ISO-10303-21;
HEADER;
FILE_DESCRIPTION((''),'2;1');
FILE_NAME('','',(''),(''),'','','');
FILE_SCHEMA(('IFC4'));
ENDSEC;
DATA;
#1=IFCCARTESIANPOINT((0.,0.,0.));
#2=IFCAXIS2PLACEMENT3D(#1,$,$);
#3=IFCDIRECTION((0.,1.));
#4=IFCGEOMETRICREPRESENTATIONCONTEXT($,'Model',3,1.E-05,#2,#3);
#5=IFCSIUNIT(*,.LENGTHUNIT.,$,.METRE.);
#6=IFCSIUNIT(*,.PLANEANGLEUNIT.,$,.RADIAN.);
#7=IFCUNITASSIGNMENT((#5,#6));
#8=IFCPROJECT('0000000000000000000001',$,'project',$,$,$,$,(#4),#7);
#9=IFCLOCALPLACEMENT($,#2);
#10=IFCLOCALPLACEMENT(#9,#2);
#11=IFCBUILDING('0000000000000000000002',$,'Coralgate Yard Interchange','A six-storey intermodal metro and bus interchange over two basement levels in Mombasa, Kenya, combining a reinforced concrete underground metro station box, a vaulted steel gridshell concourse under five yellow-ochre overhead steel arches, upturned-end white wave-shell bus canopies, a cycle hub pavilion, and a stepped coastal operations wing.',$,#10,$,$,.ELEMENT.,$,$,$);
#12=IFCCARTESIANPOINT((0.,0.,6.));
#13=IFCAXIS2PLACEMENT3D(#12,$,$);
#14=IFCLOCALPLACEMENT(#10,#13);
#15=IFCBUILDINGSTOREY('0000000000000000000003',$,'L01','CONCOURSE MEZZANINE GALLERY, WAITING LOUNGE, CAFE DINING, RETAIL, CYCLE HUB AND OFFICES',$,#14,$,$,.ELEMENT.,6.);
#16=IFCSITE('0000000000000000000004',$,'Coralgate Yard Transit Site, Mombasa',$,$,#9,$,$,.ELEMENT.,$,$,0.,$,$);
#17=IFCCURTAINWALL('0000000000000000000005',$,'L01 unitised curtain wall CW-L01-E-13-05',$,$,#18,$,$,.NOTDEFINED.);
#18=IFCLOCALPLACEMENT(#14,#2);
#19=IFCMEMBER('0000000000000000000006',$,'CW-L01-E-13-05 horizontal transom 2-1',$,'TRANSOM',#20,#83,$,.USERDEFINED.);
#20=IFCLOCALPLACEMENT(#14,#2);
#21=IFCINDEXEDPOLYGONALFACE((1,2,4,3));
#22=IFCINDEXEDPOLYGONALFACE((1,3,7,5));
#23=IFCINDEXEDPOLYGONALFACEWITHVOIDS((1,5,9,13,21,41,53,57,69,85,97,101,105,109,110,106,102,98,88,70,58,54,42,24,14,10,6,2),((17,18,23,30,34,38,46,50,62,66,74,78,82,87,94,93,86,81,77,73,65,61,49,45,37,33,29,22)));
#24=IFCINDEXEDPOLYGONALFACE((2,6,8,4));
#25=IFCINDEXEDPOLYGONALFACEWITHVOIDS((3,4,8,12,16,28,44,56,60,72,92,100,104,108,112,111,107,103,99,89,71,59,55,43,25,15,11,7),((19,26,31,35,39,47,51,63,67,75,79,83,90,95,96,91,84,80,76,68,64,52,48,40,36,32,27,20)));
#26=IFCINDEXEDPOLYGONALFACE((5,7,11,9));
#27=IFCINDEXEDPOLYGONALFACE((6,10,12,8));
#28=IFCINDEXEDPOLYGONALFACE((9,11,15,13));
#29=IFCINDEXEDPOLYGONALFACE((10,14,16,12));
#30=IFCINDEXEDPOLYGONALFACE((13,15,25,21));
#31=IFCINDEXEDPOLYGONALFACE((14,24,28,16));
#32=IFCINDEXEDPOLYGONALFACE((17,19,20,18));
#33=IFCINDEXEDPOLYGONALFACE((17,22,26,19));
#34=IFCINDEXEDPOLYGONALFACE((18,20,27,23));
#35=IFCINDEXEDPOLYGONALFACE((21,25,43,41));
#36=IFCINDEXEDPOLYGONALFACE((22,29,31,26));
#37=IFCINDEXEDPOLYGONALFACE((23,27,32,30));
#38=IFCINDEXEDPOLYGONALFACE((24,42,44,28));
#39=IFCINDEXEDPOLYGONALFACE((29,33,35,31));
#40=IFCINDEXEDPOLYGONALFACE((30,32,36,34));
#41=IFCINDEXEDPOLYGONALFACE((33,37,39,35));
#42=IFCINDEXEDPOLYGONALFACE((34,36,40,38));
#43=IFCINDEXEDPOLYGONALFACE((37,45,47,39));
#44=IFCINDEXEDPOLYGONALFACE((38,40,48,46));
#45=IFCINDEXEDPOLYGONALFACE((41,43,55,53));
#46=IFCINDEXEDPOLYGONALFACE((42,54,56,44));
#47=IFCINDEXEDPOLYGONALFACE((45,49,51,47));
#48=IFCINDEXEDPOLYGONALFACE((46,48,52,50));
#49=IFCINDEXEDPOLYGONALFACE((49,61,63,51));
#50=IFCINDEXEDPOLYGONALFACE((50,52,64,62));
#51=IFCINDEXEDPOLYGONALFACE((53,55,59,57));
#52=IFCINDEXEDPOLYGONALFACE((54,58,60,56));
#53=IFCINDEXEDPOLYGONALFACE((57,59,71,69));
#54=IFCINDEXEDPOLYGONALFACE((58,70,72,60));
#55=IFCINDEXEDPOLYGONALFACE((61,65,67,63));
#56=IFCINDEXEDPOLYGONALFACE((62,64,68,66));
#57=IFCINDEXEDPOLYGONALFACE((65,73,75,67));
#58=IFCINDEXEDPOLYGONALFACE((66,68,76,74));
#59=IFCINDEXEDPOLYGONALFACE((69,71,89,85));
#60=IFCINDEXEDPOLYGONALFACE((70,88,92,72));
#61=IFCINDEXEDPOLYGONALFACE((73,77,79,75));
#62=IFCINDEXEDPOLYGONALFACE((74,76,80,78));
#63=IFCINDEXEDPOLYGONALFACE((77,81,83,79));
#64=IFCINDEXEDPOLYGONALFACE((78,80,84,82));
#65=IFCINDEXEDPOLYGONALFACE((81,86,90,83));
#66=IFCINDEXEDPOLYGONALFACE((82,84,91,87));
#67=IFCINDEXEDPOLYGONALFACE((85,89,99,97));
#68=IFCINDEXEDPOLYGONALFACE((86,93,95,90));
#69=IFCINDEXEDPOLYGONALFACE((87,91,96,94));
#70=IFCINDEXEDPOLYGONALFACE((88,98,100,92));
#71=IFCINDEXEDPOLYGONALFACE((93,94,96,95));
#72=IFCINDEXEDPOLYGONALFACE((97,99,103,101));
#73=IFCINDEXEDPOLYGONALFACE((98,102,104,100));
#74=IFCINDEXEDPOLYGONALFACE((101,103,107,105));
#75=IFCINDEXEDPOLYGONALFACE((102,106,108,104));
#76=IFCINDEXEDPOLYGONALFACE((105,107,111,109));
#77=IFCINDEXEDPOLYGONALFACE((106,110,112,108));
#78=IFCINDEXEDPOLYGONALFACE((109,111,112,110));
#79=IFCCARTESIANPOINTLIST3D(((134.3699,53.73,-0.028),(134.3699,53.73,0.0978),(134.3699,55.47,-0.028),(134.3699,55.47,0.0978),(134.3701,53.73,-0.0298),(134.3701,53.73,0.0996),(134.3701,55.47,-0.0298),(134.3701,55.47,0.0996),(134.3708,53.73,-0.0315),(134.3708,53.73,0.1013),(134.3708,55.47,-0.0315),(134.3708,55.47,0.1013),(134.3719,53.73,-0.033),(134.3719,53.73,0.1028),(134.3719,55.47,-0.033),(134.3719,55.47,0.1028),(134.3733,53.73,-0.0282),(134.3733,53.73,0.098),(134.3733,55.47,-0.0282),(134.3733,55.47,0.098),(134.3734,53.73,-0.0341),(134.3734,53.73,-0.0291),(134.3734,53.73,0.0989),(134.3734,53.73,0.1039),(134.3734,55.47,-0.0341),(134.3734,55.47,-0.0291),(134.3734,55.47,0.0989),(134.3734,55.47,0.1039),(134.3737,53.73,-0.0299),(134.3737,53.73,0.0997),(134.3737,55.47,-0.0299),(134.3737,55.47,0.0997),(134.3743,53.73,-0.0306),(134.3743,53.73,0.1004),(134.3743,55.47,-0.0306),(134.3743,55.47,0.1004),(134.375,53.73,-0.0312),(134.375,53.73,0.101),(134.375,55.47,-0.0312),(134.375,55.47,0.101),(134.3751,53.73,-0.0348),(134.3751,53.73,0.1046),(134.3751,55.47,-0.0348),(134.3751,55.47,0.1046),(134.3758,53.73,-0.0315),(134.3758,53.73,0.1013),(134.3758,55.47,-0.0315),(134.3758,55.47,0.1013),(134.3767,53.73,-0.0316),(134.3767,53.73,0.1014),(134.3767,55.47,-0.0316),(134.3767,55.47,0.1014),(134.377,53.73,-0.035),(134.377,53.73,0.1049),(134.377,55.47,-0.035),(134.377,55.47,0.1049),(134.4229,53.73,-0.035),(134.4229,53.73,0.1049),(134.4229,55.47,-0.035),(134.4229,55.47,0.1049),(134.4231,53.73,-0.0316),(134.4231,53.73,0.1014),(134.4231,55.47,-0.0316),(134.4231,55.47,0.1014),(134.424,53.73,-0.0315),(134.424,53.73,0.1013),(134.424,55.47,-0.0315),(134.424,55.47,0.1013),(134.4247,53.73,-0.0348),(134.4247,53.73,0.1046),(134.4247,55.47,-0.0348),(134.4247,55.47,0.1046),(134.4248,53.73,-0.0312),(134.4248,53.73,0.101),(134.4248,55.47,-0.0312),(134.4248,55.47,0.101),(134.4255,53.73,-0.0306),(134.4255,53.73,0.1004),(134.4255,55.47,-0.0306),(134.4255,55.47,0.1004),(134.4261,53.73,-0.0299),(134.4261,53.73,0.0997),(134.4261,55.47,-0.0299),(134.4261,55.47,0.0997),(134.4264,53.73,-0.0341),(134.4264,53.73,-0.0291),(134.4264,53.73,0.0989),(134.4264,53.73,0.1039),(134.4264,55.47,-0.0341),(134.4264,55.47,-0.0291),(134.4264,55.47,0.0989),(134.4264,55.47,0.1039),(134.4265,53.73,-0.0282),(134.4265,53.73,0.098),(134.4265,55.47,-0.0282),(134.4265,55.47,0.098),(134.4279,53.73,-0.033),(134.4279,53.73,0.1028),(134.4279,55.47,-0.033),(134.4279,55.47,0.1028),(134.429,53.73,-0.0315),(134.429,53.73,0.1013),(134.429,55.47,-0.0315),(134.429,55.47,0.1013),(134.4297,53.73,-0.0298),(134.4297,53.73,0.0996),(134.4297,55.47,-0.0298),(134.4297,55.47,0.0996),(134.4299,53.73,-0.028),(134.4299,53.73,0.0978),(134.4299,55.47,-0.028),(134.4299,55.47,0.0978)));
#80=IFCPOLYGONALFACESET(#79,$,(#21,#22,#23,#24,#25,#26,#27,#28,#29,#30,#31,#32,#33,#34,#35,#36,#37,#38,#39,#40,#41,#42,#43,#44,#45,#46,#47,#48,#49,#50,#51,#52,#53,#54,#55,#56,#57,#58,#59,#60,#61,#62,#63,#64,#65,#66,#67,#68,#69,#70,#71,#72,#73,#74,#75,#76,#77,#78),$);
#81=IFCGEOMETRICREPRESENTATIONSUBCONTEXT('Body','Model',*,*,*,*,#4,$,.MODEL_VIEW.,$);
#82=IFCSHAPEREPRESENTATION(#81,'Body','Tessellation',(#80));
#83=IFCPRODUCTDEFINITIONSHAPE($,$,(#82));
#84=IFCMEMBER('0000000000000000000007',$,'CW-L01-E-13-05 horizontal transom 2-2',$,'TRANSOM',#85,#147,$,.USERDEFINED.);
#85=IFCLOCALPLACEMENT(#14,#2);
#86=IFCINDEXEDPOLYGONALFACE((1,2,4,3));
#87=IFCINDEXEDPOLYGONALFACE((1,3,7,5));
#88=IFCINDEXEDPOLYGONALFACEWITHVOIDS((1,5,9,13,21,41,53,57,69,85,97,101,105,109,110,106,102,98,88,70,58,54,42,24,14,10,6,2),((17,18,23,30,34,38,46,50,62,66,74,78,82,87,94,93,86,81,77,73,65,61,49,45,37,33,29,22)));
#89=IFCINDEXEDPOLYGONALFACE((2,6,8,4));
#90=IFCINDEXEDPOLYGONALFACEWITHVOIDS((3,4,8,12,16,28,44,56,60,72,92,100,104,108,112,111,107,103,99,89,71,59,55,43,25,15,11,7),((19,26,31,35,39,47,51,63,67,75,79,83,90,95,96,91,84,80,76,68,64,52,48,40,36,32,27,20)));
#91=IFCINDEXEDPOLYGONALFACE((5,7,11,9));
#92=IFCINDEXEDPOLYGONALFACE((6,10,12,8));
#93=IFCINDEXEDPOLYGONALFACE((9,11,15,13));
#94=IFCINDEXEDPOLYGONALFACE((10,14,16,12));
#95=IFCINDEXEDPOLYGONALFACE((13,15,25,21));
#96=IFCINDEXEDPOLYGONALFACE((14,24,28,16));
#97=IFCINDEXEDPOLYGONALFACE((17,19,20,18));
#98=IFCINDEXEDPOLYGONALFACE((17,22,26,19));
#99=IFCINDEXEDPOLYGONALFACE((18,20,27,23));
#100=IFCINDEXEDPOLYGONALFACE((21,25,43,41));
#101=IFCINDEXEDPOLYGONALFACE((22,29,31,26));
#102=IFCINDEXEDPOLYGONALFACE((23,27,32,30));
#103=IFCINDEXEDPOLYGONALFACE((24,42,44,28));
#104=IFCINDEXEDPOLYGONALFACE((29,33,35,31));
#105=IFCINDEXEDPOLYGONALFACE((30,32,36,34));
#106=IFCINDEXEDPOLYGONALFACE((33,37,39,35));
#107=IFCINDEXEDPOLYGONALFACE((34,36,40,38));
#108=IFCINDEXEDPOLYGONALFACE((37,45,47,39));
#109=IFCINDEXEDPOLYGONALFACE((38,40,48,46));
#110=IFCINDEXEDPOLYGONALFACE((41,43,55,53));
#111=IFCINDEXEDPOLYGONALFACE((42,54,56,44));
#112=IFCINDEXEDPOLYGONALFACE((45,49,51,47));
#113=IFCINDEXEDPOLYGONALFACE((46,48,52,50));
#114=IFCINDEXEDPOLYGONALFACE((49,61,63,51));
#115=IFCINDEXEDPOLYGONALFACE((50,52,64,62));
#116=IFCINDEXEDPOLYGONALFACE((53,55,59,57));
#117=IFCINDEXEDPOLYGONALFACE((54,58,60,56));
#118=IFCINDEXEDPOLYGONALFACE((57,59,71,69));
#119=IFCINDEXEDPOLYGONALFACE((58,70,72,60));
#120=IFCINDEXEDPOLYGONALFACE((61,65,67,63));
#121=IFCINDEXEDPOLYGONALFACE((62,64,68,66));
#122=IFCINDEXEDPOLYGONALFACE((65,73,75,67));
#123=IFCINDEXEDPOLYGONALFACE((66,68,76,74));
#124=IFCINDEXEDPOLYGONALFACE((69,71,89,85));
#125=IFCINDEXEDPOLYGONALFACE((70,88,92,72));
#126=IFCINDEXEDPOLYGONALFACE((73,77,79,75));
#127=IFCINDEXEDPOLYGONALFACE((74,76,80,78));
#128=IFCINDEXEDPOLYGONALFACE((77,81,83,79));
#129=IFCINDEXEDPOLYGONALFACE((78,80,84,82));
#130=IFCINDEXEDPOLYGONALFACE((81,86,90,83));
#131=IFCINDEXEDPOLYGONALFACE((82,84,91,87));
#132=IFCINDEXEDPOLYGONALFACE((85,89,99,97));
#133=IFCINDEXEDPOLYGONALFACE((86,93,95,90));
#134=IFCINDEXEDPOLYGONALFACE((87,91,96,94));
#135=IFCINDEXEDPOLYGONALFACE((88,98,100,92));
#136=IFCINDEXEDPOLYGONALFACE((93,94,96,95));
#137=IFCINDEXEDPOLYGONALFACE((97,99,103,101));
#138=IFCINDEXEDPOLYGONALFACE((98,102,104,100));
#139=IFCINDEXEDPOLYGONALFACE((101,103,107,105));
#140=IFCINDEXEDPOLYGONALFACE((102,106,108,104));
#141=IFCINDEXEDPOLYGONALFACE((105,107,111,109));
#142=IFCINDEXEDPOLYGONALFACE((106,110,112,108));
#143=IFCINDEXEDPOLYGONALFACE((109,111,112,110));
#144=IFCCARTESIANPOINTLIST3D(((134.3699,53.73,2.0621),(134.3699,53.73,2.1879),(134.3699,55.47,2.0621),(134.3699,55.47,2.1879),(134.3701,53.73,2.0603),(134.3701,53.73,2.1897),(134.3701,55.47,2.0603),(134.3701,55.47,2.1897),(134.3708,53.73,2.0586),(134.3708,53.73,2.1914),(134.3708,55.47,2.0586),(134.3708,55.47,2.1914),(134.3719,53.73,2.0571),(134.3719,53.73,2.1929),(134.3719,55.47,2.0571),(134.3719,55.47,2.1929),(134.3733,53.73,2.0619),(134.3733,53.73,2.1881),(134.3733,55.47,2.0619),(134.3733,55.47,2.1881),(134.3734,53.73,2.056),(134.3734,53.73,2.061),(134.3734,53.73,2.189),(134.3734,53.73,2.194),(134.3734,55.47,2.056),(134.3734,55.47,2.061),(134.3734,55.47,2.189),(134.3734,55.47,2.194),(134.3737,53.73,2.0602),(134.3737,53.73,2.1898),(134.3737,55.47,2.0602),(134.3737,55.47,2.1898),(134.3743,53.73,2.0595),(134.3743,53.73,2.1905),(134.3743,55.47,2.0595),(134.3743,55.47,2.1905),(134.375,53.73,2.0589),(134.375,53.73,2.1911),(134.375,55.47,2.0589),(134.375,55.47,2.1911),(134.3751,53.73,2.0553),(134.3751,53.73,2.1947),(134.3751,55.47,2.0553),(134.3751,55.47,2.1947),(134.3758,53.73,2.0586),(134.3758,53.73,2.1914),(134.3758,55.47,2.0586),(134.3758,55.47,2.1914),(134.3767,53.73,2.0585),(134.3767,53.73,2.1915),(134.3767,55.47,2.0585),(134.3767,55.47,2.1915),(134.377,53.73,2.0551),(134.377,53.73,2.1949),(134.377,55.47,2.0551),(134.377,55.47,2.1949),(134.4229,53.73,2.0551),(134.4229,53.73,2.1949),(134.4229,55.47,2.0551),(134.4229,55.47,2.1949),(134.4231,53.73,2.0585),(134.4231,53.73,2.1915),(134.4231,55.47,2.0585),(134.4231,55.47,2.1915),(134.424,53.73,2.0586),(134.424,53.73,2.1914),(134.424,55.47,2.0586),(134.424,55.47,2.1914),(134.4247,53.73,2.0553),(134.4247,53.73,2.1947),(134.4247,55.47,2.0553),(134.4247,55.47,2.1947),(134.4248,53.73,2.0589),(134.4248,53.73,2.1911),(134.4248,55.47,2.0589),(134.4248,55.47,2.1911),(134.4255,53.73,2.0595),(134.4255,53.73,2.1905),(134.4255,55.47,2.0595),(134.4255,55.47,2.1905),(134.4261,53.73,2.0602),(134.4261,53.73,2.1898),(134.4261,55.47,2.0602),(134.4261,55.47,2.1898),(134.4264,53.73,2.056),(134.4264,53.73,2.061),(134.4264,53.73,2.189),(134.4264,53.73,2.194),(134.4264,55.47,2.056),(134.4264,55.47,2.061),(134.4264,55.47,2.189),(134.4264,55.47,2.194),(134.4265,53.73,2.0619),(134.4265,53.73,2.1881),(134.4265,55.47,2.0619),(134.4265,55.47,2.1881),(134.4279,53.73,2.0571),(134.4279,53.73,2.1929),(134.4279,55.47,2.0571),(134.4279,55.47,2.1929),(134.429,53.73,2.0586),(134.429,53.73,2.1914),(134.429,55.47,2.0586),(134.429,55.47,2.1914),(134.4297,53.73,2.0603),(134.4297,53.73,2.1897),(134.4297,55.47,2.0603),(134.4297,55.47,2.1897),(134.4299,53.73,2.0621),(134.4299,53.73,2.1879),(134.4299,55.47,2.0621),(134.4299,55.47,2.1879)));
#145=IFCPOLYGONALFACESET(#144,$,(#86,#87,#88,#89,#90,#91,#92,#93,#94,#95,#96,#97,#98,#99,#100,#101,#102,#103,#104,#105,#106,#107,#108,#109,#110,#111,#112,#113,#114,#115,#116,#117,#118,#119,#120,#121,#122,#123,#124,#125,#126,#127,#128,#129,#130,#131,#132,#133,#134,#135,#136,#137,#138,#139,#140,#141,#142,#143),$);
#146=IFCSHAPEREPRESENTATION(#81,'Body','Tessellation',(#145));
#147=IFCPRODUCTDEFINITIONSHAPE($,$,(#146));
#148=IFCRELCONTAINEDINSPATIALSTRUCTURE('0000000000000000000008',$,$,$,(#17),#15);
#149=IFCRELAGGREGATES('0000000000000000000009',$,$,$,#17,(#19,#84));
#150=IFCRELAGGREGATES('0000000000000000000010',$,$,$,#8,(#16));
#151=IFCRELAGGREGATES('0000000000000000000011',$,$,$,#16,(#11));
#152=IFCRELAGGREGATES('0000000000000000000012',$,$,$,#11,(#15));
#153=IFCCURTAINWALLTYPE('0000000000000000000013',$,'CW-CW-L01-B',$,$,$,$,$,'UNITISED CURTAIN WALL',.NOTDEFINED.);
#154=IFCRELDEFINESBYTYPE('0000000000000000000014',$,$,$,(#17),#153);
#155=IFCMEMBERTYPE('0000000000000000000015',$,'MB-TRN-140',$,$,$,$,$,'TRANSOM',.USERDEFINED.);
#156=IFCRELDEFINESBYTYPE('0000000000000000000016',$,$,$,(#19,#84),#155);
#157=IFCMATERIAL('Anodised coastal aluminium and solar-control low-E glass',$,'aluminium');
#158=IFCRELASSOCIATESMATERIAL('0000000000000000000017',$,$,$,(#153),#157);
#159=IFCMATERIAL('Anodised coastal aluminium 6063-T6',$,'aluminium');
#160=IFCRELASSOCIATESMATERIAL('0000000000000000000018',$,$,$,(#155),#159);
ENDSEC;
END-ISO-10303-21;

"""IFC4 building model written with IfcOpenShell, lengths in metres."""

from ifc_helpers import new_model, si_unit, direction, frame, origin, origin_2d, place, context, subcontext, project, spatial, hollow_rectangle, extrude, material, material_profile, profile_set, type_object, element, aggregate, save


model = new_model("IFC4")

# Units and contexts
model_context = context("Model", 3, precision=1e-05, world=origin(), true_north=direction((0.0, 1.0)))
body_context = subcontext(model_context, "Body", "Model", "MODEL_VIEW")
ifc_project = project(units=[si_unit("LENGTHUNIT", "METRE"), si_unit("PLANEANGLEUNIT", "RADIAN")], contexts=[model_context])

# Site, building, storey
site_placement = place(None, origin())
site = spatial("IfcSite", under=ifc_project, at=site_placement, Name="Coralgate Yard Transit Site, Mombasa", CompositionType="ELEMENT", RefElevation=0.0)
building_placement = place(site_placement, origin())
building = spatial("IfcBuilding", under=site, at=building_placement, Name="Coralgate Yard Interchange", Description="A six-storey intermodal metro and bus interchange over two basement levels in Mombasa, Kenya, combining a reinforced concrete underground metro station box, a vaulted steel gridshell concourse under five yellow-ochre overhead steel arches, upturned-end white wave-shell bus canopies, a cycle hub pavilion, and a stepped coastal operations wing.", CompositionType="ELEMENT")
storey_placement = place(building_placement, frame((0.0, 0.0, 6.0)))
storey = spatial("IfcBuildingStorey", under=building, at=storey_placement, Name="L01", Description="CONCOURSE MEZZANINE GALLERY, WAITING LOUNGE, CAFE DINING, RETAIL, CYCLE HUB AND OFFICES", CompositionType="ELEMENT", Elevation=6.0)

# Curtain wall
ifc_material_1 = material(Name="Anodised coastal aluminium and solar-control low-E glass", Category="aluminium")
curtain_wall_type = type_object("IfcCurtainWallType", Name="CW-CW-L01-B", ElementType="UNITISED CURTAIN WALL", PredefinedType="NOTDEFINED", material=ifc_material_1)
curtain_wall_1_placement = place(storey_placement, origin())
curtain_wall_1 = element("IfcCurtainWall", 1, at=curtain_wall_1_placement, inside=storey, type_object=curtain_wall_type, Name="L01 unitised curtain wall CW-L01-E-13-05", PredefinedType="NOTDEFINED")
ifc_material_2 = material(Name="Anodised coastal aluminium 6063-T6", Category="aluminium")

# Members
ifc_material_profile_1 = material_profile(ifc_material_2, hollow_rectangle(XDim=0.0601, YDim=0.1399, WallThickness=0.0034, InnerFilletRadius=0.0034, OuterFilletRadius=0.0071, at=origin_2d()), Name="ALU 60x140x3.5")
ifc_profile_set_1 = profile_set([ifc_material_profile_1], Name="Anodised coastal aluminium 6063-T6")
member_type_1 = type_object("IfcMemberType", Name="MB-TRN-140", ElementType="TRANSOM", PredefinedType="USERDEFINED", material=ifc_profile_set_1)
member_1_placement = place(storey_placement, frame((134.3999, 55.47, 0.0349), z_axis=(0.0, -1.0, 0.0), x_axis=(1.0, 0.0, 0.0)))
member_1 = element("IfcMember", 2, at=member_1_placement, type_object=member_type_1, Name="CW-L01-E-13-05 horizontal transom 2-1", ObjectType="TRANSOM", PredefinedType="USERDEFINED", context=body_context, shape_type="SweptSolid", body=[
    extrude(hollow_rectangle(XDim=0.0601, YDim=0.1399, WallThickness=0.0034, InnerFilletRadius=0.0034, OuterFilletRadius=0.0071, at=origin_2d()), origin(), (0.0, 0.0, 1.0), 1.74),
])
member_2_placement = place(storey_placement, frame((134.3999, 55.47, 2.125), z_axis=(0.0, -1.0, 0.0), x_axis=(1.0, 0.0, 0.0)))
member_2 = element("IfcMember", 3, at=member_2_placement, type_object=member_type_1, Name="CW-L01-E-13-05 horizontal transom 2-2", ObjectType="TRANSOM", PredefinedType="USERDEFINED", context=body_context, shape_type="SweptSolid", body=[
    extrude(hollow_rectangle(XDim=0.0601, YDim=0.1399, WallThickness=0.0034, InnerFilletRadius=0.0034, OuterFilletRadius=0.0071, at=origin_2d()), origin(), (0.0, 0.0, 1.0), 1.74),
])

aggregate(curtain_wall_1, [member_1, member_2])

save(model, "model.ifc")
